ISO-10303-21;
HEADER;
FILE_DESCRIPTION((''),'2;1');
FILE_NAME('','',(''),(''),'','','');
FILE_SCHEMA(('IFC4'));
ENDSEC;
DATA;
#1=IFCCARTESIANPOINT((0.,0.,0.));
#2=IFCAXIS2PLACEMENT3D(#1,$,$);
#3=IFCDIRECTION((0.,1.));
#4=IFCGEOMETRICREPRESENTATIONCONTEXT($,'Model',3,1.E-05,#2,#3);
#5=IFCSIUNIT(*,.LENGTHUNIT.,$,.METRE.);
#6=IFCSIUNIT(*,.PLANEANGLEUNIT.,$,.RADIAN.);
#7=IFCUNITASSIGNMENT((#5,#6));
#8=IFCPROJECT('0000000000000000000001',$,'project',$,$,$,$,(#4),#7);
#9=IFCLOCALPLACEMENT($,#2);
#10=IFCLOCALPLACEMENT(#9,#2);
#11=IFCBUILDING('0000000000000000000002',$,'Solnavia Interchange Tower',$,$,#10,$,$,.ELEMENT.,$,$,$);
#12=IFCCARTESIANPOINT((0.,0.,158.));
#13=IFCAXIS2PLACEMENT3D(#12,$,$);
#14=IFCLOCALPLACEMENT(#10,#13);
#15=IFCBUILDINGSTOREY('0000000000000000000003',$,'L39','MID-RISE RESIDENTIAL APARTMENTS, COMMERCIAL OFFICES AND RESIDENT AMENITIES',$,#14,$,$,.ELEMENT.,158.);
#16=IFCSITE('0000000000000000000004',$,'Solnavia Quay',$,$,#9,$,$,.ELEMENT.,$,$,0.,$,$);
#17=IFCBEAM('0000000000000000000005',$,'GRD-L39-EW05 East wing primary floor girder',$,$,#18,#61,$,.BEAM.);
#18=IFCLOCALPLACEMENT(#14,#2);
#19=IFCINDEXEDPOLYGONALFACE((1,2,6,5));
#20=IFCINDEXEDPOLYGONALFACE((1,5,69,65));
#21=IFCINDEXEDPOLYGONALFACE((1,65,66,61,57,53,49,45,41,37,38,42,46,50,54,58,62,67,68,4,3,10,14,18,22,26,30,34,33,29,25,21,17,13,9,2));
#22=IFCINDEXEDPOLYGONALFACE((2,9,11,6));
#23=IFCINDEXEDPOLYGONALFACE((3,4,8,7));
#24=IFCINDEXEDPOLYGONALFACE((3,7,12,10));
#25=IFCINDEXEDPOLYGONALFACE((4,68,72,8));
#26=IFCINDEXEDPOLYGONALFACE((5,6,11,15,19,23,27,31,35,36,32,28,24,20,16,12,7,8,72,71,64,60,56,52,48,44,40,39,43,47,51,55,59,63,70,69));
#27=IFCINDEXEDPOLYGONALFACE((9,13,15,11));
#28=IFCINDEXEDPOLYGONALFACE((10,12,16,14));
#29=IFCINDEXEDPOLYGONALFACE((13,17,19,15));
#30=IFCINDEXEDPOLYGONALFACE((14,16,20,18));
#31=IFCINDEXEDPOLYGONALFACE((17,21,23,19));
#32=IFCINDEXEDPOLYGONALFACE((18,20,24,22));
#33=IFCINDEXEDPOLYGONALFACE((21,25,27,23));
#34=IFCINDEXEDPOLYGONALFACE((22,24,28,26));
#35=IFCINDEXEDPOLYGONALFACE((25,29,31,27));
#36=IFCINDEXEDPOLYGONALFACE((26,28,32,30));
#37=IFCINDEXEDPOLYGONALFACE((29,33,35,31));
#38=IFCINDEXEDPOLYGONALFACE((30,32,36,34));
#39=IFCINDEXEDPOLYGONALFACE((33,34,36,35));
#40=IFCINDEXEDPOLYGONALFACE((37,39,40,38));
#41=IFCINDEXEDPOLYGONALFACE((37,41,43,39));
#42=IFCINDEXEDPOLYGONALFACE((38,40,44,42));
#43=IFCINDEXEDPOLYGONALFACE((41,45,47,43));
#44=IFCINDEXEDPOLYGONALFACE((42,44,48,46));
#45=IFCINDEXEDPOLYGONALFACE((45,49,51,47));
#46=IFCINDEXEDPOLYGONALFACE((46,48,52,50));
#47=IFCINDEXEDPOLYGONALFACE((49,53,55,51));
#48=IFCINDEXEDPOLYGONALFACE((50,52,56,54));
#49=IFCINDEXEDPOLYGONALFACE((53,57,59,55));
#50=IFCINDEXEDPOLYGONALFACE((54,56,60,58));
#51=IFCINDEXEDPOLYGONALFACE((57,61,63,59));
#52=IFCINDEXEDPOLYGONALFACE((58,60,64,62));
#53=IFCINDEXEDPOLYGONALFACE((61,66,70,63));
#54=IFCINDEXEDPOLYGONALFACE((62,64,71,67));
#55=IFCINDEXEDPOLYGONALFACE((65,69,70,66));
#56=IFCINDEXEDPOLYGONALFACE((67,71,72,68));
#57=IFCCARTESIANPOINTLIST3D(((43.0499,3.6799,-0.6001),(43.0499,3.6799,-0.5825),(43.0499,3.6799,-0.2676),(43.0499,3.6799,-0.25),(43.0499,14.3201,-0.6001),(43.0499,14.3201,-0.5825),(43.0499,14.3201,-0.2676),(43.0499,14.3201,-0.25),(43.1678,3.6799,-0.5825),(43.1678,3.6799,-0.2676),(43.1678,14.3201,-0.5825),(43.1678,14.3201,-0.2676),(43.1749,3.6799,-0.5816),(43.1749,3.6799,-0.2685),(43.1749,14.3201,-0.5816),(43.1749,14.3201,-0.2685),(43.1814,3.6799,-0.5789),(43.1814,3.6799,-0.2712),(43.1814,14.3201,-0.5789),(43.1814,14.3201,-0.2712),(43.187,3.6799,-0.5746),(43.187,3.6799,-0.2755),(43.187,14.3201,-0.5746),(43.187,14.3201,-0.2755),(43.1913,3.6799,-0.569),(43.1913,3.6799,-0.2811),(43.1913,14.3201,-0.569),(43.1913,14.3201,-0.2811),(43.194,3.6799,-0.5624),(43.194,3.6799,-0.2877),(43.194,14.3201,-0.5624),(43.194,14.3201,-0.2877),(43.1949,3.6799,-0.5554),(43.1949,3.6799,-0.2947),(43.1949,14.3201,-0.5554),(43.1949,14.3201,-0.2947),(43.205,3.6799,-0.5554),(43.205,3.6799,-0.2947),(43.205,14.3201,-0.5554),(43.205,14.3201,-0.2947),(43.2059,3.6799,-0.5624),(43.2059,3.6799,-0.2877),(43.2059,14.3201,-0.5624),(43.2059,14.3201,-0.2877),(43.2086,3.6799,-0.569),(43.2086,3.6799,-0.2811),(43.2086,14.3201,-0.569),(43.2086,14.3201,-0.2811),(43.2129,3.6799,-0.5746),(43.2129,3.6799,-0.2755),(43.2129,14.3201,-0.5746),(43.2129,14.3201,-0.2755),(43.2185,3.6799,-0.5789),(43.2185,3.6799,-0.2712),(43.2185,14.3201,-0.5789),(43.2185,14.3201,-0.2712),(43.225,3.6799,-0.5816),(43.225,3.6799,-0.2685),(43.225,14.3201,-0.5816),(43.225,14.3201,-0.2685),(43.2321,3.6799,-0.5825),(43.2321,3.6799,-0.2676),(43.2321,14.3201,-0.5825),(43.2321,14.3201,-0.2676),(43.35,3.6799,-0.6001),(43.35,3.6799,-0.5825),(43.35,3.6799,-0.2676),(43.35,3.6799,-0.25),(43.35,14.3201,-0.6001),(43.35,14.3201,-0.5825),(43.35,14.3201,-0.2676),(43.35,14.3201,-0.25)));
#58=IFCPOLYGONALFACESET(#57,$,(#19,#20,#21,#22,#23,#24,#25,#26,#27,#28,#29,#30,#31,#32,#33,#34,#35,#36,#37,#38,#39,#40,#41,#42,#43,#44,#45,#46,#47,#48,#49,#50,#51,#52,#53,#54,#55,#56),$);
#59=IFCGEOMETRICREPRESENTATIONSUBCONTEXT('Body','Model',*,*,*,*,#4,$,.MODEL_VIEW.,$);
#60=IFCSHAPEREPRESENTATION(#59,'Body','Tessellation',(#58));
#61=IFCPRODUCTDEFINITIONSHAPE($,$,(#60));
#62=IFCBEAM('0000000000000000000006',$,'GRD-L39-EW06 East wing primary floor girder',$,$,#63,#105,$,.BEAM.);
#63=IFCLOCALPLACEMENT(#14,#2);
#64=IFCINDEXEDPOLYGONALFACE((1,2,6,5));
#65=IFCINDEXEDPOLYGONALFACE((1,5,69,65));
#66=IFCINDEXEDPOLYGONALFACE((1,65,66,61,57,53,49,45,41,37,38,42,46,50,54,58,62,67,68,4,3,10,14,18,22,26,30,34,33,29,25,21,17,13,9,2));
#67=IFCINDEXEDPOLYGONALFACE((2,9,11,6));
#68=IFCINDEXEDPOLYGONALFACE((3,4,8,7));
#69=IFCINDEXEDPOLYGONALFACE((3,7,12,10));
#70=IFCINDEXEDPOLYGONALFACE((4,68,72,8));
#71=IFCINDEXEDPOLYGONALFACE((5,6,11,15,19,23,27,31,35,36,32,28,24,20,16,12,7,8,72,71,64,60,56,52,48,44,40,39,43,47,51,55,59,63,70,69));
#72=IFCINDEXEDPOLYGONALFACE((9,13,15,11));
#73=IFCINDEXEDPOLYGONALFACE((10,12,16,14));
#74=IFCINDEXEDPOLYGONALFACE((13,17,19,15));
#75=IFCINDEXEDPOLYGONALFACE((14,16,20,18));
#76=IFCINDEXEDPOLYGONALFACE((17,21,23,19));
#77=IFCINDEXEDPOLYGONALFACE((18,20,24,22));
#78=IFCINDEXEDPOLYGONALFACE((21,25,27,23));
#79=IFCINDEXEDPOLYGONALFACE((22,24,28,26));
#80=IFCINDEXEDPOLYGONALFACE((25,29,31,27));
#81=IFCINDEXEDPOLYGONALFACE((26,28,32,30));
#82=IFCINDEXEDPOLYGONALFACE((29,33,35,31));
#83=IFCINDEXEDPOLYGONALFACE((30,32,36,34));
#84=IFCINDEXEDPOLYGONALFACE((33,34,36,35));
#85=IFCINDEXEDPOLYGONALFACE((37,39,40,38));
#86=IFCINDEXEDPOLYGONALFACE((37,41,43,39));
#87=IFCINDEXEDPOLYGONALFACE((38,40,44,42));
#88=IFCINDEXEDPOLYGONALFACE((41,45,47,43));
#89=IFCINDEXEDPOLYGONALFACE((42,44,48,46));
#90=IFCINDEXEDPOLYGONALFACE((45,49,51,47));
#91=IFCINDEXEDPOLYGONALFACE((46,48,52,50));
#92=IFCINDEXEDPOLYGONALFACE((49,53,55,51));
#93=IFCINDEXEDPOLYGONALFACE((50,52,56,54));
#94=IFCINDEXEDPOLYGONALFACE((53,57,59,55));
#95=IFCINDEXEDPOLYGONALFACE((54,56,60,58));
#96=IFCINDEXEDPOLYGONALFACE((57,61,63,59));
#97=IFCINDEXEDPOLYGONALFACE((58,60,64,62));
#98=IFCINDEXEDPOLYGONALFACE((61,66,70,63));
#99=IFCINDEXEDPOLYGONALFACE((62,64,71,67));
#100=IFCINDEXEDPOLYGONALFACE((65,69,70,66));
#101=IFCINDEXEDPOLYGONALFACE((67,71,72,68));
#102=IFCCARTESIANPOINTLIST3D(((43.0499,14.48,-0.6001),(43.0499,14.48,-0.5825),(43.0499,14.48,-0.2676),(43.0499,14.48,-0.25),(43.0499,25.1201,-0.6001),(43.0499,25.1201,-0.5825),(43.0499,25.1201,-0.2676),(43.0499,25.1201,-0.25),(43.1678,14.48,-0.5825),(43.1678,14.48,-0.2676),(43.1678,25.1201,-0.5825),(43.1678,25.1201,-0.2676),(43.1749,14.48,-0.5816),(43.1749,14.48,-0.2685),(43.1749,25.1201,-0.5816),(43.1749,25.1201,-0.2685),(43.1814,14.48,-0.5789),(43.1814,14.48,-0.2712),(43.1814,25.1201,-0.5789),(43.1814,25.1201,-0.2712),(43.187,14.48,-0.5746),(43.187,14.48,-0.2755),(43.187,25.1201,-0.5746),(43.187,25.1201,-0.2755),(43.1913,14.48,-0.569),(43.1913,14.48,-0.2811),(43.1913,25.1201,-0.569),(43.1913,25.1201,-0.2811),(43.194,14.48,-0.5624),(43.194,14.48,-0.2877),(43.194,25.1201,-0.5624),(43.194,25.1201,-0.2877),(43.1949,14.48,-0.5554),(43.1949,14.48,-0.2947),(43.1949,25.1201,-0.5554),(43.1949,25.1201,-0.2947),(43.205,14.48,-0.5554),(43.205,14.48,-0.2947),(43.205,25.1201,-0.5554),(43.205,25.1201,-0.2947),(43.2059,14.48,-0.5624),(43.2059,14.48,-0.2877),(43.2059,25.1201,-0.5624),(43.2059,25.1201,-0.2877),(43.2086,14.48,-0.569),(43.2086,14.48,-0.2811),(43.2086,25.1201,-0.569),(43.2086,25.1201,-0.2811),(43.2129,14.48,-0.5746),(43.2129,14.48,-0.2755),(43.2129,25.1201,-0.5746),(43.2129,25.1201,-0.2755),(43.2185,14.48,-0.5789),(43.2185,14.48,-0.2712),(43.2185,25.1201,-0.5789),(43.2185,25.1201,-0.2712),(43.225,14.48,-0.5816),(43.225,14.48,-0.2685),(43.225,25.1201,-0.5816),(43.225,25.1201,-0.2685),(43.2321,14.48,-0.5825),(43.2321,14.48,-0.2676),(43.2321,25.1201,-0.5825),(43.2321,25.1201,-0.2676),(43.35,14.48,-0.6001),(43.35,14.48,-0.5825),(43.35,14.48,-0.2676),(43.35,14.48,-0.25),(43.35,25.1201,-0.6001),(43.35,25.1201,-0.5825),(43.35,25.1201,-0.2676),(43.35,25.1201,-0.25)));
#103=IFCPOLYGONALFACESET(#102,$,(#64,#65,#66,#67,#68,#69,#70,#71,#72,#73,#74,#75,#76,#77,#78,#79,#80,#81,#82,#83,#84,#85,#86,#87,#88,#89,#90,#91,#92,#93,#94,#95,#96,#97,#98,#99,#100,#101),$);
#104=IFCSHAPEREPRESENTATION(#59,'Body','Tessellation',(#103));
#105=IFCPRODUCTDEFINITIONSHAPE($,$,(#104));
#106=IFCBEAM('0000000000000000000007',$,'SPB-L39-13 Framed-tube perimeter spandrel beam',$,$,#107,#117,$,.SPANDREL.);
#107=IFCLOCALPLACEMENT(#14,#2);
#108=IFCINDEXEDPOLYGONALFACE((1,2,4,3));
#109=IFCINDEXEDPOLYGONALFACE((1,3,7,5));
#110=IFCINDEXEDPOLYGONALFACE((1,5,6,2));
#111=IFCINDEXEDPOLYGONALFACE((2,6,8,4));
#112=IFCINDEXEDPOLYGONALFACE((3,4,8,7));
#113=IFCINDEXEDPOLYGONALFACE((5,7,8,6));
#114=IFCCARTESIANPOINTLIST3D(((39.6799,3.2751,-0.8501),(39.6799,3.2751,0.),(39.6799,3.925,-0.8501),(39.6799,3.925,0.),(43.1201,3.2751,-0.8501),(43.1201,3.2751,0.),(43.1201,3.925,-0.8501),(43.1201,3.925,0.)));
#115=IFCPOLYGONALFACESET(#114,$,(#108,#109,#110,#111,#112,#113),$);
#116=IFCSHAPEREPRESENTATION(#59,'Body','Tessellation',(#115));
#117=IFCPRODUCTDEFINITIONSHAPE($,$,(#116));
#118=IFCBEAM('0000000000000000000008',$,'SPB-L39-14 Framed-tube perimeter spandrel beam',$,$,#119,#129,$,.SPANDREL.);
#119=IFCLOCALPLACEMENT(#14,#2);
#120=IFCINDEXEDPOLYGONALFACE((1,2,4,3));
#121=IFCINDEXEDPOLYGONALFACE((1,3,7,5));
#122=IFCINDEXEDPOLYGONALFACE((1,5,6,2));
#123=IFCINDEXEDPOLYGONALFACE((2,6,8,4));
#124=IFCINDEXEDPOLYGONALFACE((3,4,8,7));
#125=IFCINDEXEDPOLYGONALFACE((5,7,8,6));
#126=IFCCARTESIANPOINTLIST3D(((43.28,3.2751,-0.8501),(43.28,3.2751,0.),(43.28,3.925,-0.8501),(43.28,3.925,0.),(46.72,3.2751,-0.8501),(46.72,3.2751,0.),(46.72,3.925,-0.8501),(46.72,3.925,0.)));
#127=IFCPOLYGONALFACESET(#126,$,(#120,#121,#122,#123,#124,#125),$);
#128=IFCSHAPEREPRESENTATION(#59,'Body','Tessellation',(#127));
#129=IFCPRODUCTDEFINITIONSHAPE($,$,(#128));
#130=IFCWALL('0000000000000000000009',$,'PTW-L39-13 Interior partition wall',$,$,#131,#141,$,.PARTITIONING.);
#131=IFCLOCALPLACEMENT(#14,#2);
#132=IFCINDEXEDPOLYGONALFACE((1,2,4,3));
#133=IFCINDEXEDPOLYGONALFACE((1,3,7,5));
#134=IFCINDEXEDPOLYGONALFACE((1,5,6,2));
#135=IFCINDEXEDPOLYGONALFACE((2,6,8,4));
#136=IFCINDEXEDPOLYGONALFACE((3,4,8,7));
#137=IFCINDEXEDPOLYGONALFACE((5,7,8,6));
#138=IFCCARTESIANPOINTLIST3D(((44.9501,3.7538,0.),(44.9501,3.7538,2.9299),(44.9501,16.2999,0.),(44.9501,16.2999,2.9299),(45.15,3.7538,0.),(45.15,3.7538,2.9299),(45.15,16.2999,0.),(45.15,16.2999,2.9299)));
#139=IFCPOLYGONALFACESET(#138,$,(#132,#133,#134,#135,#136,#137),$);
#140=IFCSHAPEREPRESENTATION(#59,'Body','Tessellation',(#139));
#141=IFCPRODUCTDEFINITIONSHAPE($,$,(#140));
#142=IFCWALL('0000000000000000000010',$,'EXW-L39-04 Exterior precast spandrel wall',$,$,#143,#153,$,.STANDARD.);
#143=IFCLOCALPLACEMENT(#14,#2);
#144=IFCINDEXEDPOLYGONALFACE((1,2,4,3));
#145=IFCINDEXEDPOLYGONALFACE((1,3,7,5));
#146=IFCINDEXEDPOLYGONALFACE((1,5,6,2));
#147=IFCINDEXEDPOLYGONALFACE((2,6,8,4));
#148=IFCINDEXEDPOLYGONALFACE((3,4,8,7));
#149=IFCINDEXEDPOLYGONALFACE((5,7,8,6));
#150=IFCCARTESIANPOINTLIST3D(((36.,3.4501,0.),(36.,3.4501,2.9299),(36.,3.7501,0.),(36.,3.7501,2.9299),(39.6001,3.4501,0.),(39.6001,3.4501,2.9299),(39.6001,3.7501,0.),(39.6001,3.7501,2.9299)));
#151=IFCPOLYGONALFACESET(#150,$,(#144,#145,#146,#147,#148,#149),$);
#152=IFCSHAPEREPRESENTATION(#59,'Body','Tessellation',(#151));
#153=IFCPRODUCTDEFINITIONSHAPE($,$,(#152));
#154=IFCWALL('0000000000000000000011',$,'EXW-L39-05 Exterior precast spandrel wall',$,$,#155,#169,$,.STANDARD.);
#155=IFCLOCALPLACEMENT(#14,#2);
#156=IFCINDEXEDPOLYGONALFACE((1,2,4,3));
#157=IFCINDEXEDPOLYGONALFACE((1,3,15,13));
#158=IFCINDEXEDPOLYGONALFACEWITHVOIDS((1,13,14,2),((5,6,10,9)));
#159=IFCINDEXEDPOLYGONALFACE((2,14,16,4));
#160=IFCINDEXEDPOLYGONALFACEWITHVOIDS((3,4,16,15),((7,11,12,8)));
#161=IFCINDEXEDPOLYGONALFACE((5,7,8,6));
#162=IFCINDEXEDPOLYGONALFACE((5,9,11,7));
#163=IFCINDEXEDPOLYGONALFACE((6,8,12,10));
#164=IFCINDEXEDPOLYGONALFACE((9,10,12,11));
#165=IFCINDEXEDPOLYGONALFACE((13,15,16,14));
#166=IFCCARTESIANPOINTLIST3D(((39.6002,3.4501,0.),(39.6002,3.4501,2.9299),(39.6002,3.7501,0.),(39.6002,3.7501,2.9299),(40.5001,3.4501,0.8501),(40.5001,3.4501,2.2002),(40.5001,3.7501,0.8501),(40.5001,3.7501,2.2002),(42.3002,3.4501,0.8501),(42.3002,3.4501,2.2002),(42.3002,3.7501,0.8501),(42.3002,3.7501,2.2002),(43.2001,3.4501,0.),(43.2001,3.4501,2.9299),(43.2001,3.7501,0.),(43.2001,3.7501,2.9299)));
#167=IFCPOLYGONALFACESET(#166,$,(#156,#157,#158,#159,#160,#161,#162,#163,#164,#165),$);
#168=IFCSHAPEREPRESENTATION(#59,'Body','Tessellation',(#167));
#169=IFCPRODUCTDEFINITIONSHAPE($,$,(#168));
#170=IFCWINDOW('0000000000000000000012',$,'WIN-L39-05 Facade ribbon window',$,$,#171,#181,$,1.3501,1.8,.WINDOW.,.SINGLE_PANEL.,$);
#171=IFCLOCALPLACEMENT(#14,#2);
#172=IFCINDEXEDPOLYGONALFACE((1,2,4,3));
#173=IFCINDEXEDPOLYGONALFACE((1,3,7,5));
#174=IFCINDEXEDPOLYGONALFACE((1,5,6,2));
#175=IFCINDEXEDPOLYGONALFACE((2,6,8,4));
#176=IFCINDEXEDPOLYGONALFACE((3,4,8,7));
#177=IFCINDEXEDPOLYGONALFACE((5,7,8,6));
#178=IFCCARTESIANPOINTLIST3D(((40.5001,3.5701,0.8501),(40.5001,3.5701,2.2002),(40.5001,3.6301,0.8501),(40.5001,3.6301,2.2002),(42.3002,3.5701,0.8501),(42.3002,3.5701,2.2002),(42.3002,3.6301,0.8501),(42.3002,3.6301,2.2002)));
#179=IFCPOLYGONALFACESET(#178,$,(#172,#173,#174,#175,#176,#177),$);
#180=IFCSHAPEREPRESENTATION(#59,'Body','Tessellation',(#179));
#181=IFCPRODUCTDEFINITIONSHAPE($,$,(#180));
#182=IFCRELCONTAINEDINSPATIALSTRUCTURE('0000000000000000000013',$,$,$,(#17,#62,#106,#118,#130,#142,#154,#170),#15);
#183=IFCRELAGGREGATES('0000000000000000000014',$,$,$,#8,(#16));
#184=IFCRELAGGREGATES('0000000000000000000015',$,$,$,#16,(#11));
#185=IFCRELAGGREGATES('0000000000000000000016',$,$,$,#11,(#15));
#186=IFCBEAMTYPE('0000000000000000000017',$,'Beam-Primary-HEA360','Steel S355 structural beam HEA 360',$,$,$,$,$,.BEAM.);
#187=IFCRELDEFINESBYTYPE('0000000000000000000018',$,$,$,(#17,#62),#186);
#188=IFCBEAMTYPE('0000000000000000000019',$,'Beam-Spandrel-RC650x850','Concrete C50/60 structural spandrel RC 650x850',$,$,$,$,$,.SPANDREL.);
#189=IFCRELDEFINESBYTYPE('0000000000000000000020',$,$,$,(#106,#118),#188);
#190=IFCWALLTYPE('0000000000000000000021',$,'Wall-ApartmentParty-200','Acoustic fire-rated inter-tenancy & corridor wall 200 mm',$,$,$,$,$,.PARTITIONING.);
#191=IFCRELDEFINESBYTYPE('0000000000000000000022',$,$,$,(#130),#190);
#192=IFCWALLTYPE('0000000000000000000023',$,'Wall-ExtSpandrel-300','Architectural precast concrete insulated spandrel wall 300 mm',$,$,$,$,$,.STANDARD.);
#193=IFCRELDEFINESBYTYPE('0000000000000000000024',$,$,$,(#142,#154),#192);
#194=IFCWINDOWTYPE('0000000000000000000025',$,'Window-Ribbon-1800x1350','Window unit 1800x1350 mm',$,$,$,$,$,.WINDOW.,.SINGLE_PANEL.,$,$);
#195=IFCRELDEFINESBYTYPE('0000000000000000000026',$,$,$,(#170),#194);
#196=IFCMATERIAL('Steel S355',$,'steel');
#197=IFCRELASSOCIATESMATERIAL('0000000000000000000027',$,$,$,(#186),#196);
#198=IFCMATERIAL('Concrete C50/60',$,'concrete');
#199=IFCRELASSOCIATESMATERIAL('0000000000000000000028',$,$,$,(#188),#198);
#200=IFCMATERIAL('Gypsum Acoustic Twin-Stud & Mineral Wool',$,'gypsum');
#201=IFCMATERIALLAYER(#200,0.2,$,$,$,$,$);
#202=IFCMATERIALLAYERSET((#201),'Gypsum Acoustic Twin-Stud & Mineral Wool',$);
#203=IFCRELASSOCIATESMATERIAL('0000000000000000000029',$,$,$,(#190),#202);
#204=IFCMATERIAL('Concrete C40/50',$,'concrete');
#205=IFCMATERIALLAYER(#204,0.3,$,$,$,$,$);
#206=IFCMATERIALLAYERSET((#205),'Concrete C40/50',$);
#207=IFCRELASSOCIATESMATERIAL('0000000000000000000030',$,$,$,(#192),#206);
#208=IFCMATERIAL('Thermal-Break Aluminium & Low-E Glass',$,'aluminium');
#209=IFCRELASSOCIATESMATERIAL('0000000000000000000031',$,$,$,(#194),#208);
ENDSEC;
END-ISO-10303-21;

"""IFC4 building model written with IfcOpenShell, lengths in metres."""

from ifc_helpers import new_model, si_unit, direction, frame, frame_2d, origin, origin_2d, place, context, subcontext, project, spatial, rectangle, i_section, extrude, material, layer, layer_set, material_profile, profile_set, type_object, element, fill, save


model = new_model("IFC4")

# Units and contexts
model_context = context("Model", 3, precision=1e-05, world=origin(), true_north=direction((0.0, 1.0)))
body_context = subcontext(model_context, "Body", "Model", "MODEL_VIEW")
ifc_project = project(units=[si_unit("LENGTHUNIT", "METRE"), si_unit("PLANEANGLEUNIT", "RADIAN")], contexts=[model_context])

# Site, building, storey
site_placement = place(None, origin())
site = spatial("IfcSite", under=ifc_project, at=site_placement, Name="Solnavia Quay", CompositionType="ELEMENT", RefElevation=0.0)
building_placement = place(site_placement, origin())
building = spatial("IfcBuilding", under=site, at=building_placement, Name="Solnavia Interchange Tower", CompositionType="ELEMENT")
storey_placement = place(building_placement, frame((0.0, 0.0, 158.0)))
storey = spatial("IfcBuildingStorey", under=building, at=storey_placement, Name="L39", Description="MID-RISE RESIDENTIAL APARTMENTS, COMMERCIAL OFFICES AND RESIDENT AMENITIES", CompositionType="ELEMENT", Elevation=158.0)

# Shared definitions
ifc_material_1 = material(Name="Concrete C50/60", Category="concrete")
ifc_material_2 = material(Name="Steel S355", Category="steel")

# Beams
ifc_material_profile_1 = material_profile(ifc_material_2, i_section(OverallWidth=0.3, OverallDepth=0.3501, WebThickness=0.01, FlangeThickness=0.0176, FilletRadius=0.0271, at=origin_2d()), Name="HEA 360")
ifc_profile_set_1 = profile_set([ifc_material_profile_1], Name="Steel S355")
beam_type_1 = type_object("IfcBeamType", Name="Beam-Primary-HEA360", Description="Steel S355 structural beam HEA 360", PredefinedType="BEAM", material=ifc_profile_set_1)
for number, where, z_axis, x_axis, name in (
    (1, (43.2, 3.6799, -0.425), (0.0, 1.0, 0.0), (-1.0, 0.0, 0.0), "GRD-L39-EW05 East wing primary floor girder"),
    (2, (43.2, 14.48, -0.425), (0.0, 1.0, 0.0), (-1.0, 0.0, 0.0), "GRD-L39-EW06 East wing primary floor girder"),
):
    element("IfcBeam", number, at=place(storey_placement, frame(where, z_axis=z_axis, x_axis=x_axis)), inside=storey, type_object=beam_type_1, Name=name, PredefinedType="BEAM", context=body_context, shape_type="SweptSolid", body=[
        extrude(i_section(OverallWidth=0.3, OverallDepth=0.3501, WebThickness=0.01, FlangeThickness=0.0176, FilletRadius=0.0271, at=origin_2d()), origin(), (0.0, 0.0, 1.0), 10.6401),
    ])
ifc_material_profile_2 = material_profile(ifc_material_1, rectangle(XDim=0.6499, YDim=0.8501, at=origin_2d()), Name="RC 650x850")
ifc_profile_set_2 = profile_set([ifc_material_profile_2], Name="Concrete C50/60")
beam_type_2 = type_object("IfcBeamType", Name="Beam-Spandrel-RC650x850", Description="Concrete C50/60 structural spandrel RC 650x850", PredefinedType="SPANDREL", material=ifc_profile_set_2)
beam_1_placement = place(storey_placement, frame((39.6799, 3.6001, -0.425), z_axis=(1.0, 0.0, 0.0), x_axis=(0.0, 1.0, 0.0)))
element("IfcBeam", 3, at=beam_1_placement, inside=storey, type_object=beam_type_2, Name="SPB-L39-13 Framed-tube perimeter spandrel beam", PredefinedType="SPANDREL", context=body_context, shape_type="SweptSolid", body=[
    extrude(rectangle(XDim=0.6499, YDim=0.8501, at=origin_2d()), origin(), (0.0, 0.0, 1.0), 3.4402),
])
beam_2_placement = place(storey_placement, frame((43.28, 3.6001, -0.425), z_axis=(1.0, 0.0, 0.0), x_axis=(0.0, 1.0, 0.0)))
element("IfcBeam", 4, at=beam_2_placement, inside=storey, type_object=beam_type_2, Name="SPB-L39-14 Framed-tube perimeter spandrel beam", PredefinedType="SPANDREL", context=body_context, shape_type="SweptSolid", body=[
    extrude(rectangle(XDim=0.6499, YDim=0.8501, at=origin_2d()), origin(), (0.0, 0.0, 1.0), 3.4399),
])

# Walls
ifc_material_3 = material(Name="Gypsum Acoustic Twin-Stud & Mineral Wool", Category="gypsum")
ifc_layer_1 = layer(ifc_material_3, 0.2)
ifc_layer_set_1 = layer_set([ifc_layer_1], Name="Gypsum Acoustic Twin-Stud & Mineral Wool")
wall_type_1 = type_object("IfcWallType", Name="Wall-ApartmentParty-200", Description="Acoustic fire-rated inter-tenancy & corridor wall 200 mm", PredefinedType="PARTITIONING", material=ifc_layer_set_1)
wall_1_placement = place(storey_placement, frame((45.05, 3.7539, 0.0), z_axis=(0.0, 0.0, 1.0), x_axis=(0.0, 1.0, 0.0)))
element("IfcWall", 5, at=wall_1_placement, inside=storey, type_object=wall_type_1, Name="PTW-L39-13 Interior partition wall", PredefinedType="PARTITIONING", context=body_context, shape_type="SweptSolid", body=[
    extrude(rectangle(XDim=12.5461, YDim=0.2, at=frame_2d((6.2729, 0.0))), origin(), (0.0, 0.0, 1.0), 2.9299),
])
ifc_material_4 = material(Name="Concrete C40/50", Category="concrete")
ifc_layer_2 = layer(ifc_material_4, 0.3)
ifc_layer_set_2 = layer_set([ifc_layer_2], Name="Concrete C40/50")
wall_type_2 = type_object("IfcWallType", Name="Wall-ExtSpandrel-300", Description="Architectural precast concrete insulated spandrel wall 300 mm", PredefinedType="STANDARD", material=ifc_layer_set_2)
wall_2_placement = place(storey_placement, frame((39.6001, 3.6001, 0.0), z_axis=(0.0, 0.0, 1.0), x_axis=(-1.0, 0.0, 0.0)))
element("IfcWall", 6, at=wall_2_placement, inside=storey, type_object=wall_type_2, Name="EXW-L39-04 Exterior precast spandrel wall", PredefinedType="STANDARD", context=body_context, shape_type="SweptSolid", body=[
    extrude(rectangle(XDim=3.6001, YDim=0.3, at=frame_2d((1.8, 0.0))), origin(), (0.0, 0.0, 1.0), 2.9299),
])

# Wall, opening, window
wall_3_placement = place(storey_placement, frame((43.2, 3.6001, 0.0), z_axis=(0.0, 0.0, 1.0), x_axis=(-1.0, 0.0, 0.0)))
wall_3 = element("IfcWall", 7, at=wall_3_placement, inside=storey, type_object=wall_type_2, Name="EXW-L39-05 Exterior precast spandrel wall", PredefinedType="STANDARD", context=body_context, shape_type="SweptSolid", body=[
    extrude(rectangle(XDim=3.5999, YDim=0.3, at=frame_2d((1.7998, 0.0))), origin(), (0.0, 0.0, 1.0), 2.9299),
])
opening_1_placement = place(wall_3_placement, frame((0.8999, 0.0, 0.8501)))
opening_1 = element("IfcOpeningElement", 8, at=opening_1_placement, cuts=wall_3, PredefinedType="OPENING", context=body_context, shape_type="SweptSolid", body=[
    extrude(rectangle(XDim=1.8, YDim=1.3501, at=frame_2d((0.8999, 0.675))), frame((0.0, 0.1602, 0.0), z_axis=(0.0, -1.0, 0.0), x_axis=(1.0, 0.0, 0.0)), (0.0, 0.0, 1.0), 0.3201),
])
ifc_material_5 = material(Name="Thermal-Break Aluminium & Low-E Glass", Category="aluminium")
window_type = type_object("IfcWindowType", Name="Window-Ribbon-1800x1350", Description="Window unit 1800x1350 mm", PartitioningType="SINGLE_PANEL", PredefinedType="WINDOW", material=ifc_material_5)
window_placement = place(opening_1_placement, origin())
window = element("IfcWindow", 9, at=window_placement, inside=storey, type_object=window_type, Name="WIN-L39-05 Facade ribbon window", OverallHeight=1.3501, OverallWidth=1.8, PartitioningType="SINGLE_PANEL", PredefinedType="WINDOW", context=body_context, shape_type="SweptSolid", body=[
    extrude(rectangle(XDim=1.8, YDim=1.3501, at=frame_2d((0.8999, 0.675))), frame((0.0, 0.03, 0.0), z_axis=(0.0, -1.0, 0.0), x_axis=(1.0, 0.0, 0.0)), (0.0, 0.0, 1.0), 0.0601),
])
fill(opening_1, window)

save(model, "model.ifc")
